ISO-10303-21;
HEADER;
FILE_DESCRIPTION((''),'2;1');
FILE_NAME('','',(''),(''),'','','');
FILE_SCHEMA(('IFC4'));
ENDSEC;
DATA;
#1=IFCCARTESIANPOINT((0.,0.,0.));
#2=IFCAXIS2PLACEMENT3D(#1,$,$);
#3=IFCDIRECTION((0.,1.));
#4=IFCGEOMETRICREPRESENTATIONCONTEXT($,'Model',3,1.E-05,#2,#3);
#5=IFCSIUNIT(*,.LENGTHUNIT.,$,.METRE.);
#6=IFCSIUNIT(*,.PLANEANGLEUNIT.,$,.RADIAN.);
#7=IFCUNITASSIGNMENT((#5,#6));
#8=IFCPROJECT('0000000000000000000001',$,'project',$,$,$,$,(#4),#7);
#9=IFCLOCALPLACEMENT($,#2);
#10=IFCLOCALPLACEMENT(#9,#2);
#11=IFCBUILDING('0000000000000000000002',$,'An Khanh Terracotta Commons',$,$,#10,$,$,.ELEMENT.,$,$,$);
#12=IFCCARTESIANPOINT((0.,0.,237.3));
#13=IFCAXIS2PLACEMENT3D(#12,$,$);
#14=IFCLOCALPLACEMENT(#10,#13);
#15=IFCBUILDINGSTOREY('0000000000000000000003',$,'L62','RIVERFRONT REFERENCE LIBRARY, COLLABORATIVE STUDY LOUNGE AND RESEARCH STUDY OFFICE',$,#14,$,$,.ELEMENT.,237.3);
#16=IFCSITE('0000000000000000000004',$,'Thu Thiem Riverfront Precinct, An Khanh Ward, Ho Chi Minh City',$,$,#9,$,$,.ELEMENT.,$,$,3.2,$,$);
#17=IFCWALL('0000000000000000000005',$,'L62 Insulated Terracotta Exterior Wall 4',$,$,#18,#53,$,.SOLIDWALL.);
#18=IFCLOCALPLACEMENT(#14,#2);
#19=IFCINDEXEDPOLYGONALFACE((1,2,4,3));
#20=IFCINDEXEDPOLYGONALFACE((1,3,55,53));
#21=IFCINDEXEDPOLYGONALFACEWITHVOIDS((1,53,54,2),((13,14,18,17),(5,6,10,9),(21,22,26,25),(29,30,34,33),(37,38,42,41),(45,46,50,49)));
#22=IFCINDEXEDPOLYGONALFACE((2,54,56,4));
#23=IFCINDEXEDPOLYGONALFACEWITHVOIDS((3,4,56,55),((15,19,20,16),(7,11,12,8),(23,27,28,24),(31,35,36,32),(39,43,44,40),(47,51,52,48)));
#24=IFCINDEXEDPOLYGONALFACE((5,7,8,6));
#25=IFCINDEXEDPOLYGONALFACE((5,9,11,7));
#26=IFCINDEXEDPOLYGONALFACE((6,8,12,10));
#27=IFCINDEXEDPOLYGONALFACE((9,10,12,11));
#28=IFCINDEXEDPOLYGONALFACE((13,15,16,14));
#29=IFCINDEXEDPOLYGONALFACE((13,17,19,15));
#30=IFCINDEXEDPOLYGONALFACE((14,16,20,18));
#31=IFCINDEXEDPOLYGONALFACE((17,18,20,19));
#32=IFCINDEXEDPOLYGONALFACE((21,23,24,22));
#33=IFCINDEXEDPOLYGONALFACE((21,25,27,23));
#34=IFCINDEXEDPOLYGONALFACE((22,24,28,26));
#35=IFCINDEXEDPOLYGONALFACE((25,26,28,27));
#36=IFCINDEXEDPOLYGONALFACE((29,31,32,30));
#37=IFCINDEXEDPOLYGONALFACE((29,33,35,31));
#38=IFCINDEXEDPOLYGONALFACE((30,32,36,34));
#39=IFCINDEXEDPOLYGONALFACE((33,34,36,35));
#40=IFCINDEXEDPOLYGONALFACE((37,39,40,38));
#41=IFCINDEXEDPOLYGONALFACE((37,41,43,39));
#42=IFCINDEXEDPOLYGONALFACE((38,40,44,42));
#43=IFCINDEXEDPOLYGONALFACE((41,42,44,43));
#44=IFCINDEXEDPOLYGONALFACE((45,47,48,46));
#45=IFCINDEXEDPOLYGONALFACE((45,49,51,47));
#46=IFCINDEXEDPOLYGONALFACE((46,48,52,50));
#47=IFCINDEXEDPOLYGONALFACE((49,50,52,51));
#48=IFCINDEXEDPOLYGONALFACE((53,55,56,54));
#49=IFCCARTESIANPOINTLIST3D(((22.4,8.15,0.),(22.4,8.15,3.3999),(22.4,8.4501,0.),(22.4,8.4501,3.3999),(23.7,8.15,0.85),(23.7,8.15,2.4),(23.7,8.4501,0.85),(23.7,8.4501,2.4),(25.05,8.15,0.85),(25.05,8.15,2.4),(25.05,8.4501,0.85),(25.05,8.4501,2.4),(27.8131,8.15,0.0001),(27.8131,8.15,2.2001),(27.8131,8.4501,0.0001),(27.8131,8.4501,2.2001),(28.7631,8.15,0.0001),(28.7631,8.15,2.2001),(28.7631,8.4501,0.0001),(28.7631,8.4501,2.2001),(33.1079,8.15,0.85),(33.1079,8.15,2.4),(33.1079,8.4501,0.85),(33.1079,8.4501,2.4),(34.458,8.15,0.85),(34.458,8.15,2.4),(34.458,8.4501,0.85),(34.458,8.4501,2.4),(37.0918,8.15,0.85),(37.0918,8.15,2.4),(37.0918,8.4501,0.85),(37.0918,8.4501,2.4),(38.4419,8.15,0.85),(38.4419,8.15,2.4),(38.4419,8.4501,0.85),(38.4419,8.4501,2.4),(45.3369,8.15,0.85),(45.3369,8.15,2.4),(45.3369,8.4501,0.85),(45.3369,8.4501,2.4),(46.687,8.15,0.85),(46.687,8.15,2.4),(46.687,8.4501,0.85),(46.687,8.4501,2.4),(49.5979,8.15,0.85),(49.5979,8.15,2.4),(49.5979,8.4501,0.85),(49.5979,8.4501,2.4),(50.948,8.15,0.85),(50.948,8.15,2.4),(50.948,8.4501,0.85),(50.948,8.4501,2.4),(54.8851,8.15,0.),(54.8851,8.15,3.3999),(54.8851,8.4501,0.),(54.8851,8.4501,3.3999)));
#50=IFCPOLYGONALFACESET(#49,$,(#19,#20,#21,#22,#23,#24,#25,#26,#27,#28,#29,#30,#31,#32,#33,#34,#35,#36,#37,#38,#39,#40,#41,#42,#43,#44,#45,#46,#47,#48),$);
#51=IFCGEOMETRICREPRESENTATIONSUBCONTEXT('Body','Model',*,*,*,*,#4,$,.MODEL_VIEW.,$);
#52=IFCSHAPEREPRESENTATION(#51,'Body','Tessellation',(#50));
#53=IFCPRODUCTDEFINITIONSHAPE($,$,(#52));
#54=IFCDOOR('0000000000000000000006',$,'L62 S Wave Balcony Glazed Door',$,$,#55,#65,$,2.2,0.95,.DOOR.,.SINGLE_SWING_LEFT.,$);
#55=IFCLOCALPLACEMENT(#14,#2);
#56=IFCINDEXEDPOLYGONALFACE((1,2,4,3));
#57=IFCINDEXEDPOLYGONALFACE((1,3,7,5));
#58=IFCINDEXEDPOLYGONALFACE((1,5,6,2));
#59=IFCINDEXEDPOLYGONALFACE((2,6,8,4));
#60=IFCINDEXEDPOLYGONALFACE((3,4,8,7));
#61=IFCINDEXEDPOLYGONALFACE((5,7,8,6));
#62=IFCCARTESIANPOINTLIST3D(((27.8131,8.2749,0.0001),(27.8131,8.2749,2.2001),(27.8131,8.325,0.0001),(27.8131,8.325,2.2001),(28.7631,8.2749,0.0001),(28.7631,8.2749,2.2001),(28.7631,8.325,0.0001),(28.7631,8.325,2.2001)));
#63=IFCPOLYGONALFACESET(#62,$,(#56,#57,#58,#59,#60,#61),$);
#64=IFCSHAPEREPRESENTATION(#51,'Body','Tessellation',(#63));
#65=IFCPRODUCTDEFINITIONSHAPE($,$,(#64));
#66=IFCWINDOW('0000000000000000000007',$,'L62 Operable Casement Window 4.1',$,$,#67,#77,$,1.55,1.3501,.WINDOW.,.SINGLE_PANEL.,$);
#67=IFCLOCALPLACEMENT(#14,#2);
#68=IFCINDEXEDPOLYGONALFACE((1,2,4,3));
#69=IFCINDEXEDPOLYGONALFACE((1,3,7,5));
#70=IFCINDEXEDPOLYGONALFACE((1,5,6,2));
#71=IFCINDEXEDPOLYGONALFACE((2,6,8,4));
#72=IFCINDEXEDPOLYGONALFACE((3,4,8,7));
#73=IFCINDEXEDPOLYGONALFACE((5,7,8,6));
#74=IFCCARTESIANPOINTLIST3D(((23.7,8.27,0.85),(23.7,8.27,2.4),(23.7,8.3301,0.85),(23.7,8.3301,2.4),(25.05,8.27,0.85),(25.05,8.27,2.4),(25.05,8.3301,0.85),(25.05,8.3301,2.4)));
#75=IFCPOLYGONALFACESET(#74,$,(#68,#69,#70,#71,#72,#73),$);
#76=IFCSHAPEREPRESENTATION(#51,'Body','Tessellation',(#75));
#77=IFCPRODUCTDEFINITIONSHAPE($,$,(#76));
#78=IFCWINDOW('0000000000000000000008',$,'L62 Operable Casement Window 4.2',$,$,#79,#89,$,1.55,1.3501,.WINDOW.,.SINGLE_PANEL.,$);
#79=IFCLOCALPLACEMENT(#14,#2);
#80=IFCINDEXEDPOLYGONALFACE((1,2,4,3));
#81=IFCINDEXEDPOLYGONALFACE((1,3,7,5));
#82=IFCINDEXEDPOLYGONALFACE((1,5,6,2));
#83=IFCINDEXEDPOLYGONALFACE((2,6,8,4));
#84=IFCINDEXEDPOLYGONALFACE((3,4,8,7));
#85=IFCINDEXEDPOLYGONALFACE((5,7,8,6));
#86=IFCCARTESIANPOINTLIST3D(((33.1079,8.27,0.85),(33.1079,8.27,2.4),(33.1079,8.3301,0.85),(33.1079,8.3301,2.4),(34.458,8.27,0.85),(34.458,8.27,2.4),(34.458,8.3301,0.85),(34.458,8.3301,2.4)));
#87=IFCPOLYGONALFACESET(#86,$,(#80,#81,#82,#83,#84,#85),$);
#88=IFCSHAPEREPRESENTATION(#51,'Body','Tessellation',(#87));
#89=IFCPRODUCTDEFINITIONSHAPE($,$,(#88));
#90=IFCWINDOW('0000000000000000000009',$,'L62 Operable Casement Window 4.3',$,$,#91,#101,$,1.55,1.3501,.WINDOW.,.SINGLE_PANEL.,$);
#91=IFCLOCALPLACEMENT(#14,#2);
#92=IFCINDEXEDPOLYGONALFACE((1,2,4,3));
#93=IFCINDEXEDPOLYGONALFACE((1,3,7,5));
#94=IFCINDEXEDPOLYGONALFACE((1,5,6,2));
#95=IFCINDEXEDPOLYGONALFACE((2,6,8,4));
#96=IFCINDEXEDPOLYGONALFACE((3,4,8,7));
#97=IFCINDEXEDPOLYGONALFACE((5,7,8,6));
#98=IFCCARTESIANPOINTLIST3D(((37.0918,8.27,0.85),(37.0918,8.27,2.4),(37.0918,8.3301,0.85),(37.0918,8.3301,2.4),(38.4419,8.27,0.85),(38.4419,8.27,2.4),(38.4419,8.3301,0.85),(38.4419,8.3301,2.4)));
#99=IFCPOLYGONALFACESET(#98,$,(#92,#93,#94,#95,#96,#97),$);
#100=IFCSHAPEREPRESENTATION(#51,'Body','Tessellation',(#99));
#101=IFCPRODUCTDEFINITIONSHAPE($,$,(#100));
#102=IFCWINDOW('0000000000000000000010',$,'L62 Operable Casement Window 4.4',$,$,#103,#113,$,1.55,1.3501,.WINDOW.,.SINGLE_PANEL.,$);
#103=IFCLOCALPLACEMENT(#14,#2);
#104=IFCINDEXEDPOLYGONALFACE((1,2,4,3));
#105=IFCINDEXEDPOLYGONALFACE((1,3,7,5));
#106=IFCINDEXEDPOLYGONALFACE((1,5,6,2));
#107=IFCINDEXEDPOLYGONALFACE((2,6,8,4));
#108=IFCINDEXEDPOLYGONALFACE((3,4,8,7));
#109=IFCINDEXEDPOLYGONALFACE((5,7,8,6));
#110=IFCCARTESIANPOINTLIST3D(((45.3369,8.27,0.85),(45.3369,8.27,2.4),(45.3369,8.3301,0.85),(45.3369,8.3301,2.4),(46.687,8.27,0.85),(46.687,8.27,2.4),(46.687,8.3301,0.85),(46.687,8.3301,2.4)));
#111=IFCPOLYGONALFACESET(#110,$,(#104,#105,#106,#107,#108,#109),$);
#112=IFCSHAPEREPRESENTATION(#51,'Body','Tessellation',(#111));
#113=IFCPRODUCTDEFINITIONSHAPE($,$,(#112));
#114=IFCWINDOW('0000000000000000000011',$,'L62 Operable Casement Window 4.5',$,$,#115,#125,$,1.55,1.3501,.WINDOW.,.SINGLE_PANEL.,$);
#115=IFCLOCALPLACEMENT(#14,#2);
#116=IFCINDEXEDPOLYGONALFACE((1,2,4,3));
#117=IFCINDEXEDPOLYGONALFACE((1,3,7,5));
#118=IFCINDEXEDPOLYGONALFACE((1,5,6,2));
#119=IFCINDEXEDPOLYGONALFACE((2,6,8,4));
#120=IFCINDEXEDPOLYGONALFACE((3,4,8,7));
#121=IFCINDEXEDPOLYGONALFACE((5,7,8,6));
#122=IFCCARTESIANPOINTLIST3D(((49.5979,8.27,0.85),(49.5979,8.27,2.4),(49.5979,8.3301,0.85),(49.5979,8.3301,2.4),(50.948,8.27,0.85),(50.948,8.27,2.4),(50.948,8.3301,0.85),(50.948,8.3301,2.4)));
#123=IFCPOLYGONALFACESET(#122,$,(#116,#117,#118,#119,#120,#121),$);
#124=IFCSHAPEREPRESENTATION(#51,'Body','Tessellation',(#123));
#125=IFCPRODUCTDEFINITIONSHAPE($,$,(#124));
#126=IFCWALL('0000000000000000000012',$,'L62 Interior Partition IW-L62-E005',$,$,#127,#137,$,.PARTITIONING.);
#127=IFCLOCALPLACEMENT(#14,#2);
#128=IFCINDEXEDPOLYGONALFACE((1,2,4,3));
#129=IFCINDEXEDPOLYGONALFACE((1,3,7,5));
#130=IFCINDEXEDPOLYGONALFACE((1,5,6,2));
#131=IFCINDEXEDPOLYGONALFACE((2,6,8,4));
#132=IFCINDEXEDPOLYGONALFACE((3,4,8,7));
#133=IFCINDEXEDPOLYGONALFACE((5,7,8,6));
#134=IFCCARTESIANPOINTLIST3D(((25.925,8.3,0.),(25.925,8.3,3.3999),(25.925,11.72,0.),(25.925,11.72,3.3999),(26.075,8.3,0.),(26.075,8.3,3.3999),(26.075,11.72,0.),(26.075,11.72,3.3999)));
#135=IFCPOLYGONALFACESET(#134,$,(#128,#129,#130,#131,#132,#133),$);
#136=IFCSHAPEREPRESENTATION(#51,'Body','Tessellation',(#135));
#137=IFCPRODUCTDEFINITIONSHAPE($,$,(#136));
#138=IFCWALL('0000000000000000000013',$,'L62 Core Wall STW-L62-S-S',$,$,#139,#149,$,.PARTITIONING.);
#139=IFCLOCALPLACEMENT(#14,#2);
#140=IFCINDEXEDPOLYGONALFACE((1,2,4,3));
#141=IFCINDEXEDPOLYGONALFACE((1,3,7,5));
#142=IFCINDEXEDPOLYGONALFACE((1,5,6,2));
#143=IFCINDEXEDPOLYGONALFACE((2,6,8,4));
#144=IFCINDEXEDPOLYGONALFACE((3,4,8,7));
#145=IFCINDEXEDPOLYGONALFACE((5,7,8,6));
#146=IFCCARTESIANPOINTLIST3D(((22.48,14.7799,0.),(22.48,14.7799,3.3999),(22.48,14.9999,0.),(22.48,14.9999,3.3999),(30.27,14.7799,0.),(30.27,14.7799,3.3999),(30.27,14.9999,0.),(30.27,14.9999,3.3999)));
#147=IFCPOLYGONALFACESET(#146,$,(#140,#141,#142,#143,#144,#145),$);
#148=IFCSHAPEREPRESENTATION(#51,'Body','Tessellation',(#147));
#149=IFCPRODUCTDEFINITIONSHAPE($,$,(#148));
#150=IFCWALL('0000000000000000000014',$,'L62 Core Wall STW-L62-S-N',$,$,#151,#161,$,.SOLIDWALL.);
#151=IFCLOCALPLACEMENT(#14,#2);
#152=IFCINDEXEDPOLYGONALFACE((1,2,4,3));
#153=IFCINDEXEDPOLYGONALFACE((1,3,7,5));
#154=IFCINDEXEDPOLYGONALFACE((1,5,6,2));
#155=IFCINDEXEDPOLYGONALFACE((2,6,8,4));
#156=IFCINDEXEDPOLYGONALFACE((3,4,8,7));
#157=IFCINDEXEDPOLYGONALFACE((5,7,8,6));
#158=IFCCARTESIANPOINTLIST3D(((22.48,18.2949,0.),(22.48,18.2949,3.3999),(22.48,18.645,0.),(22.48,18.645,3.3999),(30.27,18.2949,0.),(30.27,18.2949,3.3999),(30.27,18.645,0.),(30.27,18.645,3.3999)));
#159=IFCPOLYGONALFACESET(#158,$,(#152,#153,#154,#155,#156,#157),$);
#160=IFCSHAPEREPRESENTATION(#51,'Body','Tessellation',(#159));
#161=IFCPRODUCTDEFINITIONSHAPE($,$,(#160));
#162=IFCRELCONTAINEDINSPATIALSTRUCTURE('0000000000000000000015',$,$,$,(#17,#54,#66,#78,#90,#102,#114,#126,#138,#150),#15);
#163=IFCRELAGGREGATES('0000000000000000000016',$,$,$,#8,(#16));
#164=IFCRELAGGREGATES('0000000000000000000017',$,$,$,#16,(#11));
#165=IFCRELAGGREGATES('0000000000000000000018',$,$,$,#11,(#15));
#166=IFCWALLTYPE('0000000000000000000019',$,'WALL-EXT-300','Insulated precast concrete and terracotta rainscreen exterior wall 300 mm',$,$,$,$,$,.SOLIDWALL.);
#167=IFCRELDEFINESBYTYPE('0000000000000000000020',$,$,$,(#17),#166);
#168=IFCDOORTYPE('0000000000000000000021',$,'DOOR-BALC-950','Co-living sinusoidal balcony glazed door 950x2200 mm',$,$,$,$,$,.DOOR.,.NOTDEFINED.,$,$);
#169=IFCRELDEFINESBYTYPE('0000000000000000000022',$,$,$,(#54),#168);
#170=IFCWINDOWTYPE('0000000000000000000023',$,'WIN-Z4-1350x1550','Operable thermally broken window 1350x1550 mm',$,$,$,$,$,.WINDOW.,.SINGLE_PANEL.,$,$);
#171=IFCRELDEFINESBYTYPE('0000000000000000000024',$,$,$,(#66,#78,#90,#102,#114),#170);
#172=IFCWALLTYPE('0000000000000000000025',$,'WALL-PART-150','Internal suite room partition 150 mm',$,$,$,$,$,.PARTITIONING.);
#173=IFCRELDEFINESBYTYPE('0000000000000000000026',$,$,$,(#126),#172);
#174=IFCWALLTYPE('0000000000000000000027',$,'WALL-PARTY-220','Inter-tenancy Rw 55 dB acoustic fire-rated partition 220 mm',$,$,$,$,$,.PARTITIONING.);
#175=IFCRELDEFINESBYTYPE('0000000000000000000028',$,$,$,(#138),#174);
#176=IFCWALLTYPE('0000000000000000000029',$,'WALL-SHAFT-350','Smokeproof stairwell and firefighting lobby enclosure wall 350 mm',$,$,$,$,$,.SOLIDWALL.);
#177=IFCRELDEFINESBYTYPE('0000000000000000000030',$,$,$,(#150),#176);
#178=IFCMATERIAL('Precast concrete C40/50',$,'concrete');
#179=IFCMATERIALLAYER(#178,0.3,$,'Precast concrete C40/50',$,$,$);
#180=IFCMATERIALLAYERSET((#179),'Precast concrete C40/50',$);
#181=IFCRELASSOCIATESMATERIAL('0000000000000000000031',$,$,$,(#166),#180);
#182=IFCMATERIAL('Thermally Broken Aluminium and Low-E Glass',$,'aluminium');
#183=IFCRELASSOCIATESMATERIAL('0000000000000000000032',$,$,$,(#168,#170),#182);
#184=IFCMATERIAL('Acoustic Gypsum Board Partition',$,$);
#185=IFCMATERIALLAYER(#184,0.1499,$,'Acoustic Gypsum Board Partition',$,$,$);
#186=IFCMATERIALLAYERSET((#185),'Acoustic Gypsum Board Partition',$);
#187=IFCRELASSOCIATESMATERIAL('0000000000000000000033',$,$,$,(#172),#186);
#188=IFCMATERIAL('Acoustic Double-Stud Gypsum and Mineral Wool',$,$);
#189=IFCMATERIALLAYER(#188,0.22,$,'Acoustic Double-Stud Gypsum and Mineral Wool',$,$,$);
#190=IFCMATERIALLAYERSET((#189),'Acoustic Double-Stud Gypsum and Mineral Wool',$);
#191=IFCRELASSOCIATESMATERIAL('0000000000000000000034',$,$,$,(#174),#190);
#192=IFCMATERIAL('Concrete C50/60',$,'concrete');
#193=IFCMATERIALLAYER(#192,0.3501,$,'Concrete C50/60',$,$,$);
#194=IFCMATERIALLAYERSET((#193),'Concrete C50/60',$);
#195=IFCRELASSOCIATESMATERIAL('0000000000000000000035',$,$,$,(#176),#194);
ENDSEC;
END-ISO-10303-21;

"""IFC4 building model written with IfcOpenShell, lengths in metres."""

from ifc_helpers import new_model, si_unit, direction, frame, frame_2d, origin, place, context, subcontext, project, spatial, rectangle, extrude, material, layer, layer_set, type_object, element, fill, save


model = new_model("IFC4")

# Units and contexts
model_context = context("Model", 3, precision=1e-05, world=origin(), true_north=direction((0.0, 1.0)))
body_context = subcontext(model_context, "Body", "Model", "MODEL_VIEW")
ifc_project = project(units=[si_unit("LENGTHUNIT", "METRE"), si_unit("PLANEANGLEUNIT", "RADIAN")], contexts=[model_context])

# Site, building, storey
site_placement = place(None, origin())
site = spatial("IfcSite", under=ifc_project, at=site_placement, Name="Thu Thiem Riverfront Precinct, An Khanh Ward, Ho Chi Minh City", CompositionType="ELEMENT", RefElevation=3.2)
building_placement = place(site_placement, origin())
building = spatial("IfcBuilding", under=site, at=building_placement, Name="An Khanh Terracotta Commons", CompositionType="ELEMENT")
storey_placement = place(building_placement, frame((0.0, 0.0, 237.3)))
storey = spatial("IfcBuildingStorey", under=building, at=storey_placement, Name="L62", Description="RIVERFRONT REFERENCE LIBRARY, COLLABORATIVE STUDY LOUNGE AND RESEARCH STUDY OFFICE", CompositionType="ELEMENT", Elevation=237.3)

# Shared definitions
ifc_material_1 = material(Name="Concrete C50/60", Category="concrete")
ifc_material_2 = material(Name="Precast concrete C40/50", Category="concrete")
ifc_layer_1 = layer(ifc_material_2, 0.3, Name="Precast concrete C40/50")
ifc_layer_set_1 = layer_set([ifc_layer_1], Name="Precast concrete C40/50")
wall_type_1 = type_object("IfcWallType", Name="WALL-EXT-300", Description="Insulated precast concrete and terracotta rainscreen exterior wall 300 mm", PredefinedType="SOLIDWALL", material=ifc_layer_set_1)

# Wall, openings, door, windows
wall_1_placement = place(storey_placement, frame((22.3999, 8.3, 0.0), z_axis=(0.0, 0.0, 1.0), x_axis=(1.0, 0.0, 0.0)))
wall_1 = element("IfcWall", 1, at=wall_1_placement, inside=storey, type_object=wall_type_1, Name="L62 Insulated Terracotta Exterior Wall 4", PredefinedType="SOLIDWALL", context=body_context, shape_type="SweptSolid", body=[
    extrude(rectangle(XDim=32.4851, YDim=0.3, at=frame_2d((16.2427, 0.0))), origin(), (0.0, 0.0, 1.0), 3.3999),
])
opening_1_placement = place(wall_1_placement, frame((5.4131, 0.0, 0.0)))
opening_1 = element("IfcOpeningElement", 2, at=opening_1_placement, cuts=wall_1, PredefinedType="OPENING", context=body_context, shape_type="SweptSolid", body=[
    extrude(rectangle(XDim=0.95, YDim=2.2, at=frame_2d((0.4751, 1.1001))), frame((0.0, 0.1599, 0.0), z_axis=(0.0, -1.0, 0.0), x_axis=(1.0, 0.0, 0.0)), (0.0, 0.0, 1.0), 0.3201),
])
opening_2_placement = place(wall_1_placement, frame((1.3, 0.0, 0.8501)))
opening_2 = element("IfcOpeningElement", 3, at=opening_2_placement, cuts=wall_1, PredefinedType="OPENING", context=body_context, shape_type="SweptSolid", body=[
    extrude(rectangle(XDim=1.3501, YDim=1.55, at=frame_2d((0.675, 0.7749))), frame((0.0, 0.1599, 0.0), z_axis=(0.0, -1.0, 0.0), x_axis=(1.0, 0.0, 0.0)), (0.0, 0.0, 1.0), 0.3201),
])
opening_3_placement = place(wall_1_placement, frame((10.708, 0.0, 0.8501)))
opening_3 = element("IfcOpeningElement", 4, at=opening_3_placement, cuts=wall_1, PredefinedType="OPENING", context=body_context, shape_type="SweptSolid", body=[
    extrude(rectangle(XDim=1.3501, YDim=1.55, at=frame_2d((0.675, 0.7749))), frame((0.0, 0.1599, 0.0), z_axis=(0.0, -1.0, 0.0), x_axis=(1.0, 0.0, 0.0)), (0.0, 0.0, 1.0), 0.3201),
])
opening_4_placement = place(wall_1_placement, frame((14.6919, 0.0, 0.8501)))
opening_4 = element("IfcOpeningElement", 5, at=opening_4_placement, cuts=wall_1, PredefinedType="OPENING", context=body_context, shape_type="SweptSolid", body=[
    extrude(rectangle(XDim=1.3501, YDim=1.55, at=frame_2d((0.675, 0.7749))), frame((0.0, 0.1599, 0.0), z_axis=(0.0, -1.0, 0.0), x_axis=(1.0, 0.0, 0.0)), (0.0, 0.0, 1.0), 0.3201),
])
opening_5_placement = place(wall_1_placement, frame((22.937, 0.0, 0.8501)))
opening_5 = element("IfcOpeningElement", 6, at=opening_5_placement, cuts=wall_1, PredefinedType="OPENING", context=body_context, shape_type="SweptSolid", body=[
    extrude(rectangle(XDim=1.3501, YDim=1.55, at=frame_2d((0.675, 0.7749))), frame((0.0, 0.1599, 0.0), z_axis=(0.0, -1.0, 0.0), x_axis=(1.0, 0.0, 0.0)), (0.0, 0.0, 1.0), 0.3201),
])
opening_6_placement = place(wall_1_placement, frame((27.198, 0.0, 0.8501)))
opening_6 = element("IfcOpeningElement", 7, at=opening_6_placement, cuts=wall_1, PredefinedType="OPENING", context=body_context, shape_type="SweptSolid", body=[
    extrude(rectangle(XDim=1.3501, YDim=1.55, at=frame_2d((0.675, 0.7749))), frame((0.0, 0.1599, 0.0), z_axis=(0.0, -1.0, 0.0), x_axis=(1.0, 0.0, 0.0)), (0.0, 0.0, 1.0), 0.3201),
])
ifc_material_3 = material(Name="Thermally Broken Aluminium and Low-E Glass", Category="aluminium")
door_type = type_object("IfcDoorType", Name="DOOR-BALC-950", Description="Co-living sinusoidal balcony glazed door 950x2200 mm", OperationType="NOTDEFINED", PredefinedType="DOOR", material=ifc_material_3)
door_placement = place(opening_1_placement, origin())
door = element("IfcDoor", 8, at=door_placement, inside=storey, type_object=door_type, Name="L62 S Wave Balcony Glazed Door", OperationType="SINGLE_SWING_LEFT", OverallHeight=2.2, OverallWidth=0.95, PredefinedType="DOOR", context=body_context, shape_type="SweptSolid", body=[
    extrude(rectangle(XDim=0.95, YDim=2.2, at=frame_2d((0.4751, 1.1001))), frame((0.0, 0.0249, 0.0), z_axis=(0.0, -1.0, 0.0), x_axis=(1.0, 0.0, 0.0)), (0.0, 0.0, 1.0), 0.05),
])
fill(opening_1, door)
window_type = type_object("IfcWindowType", Name="WIN-Z4-1350x1550", Description="Operable thermally broken window 1350x1550 mm", PartitioningType="SINGLE_PANEL", PredefinedType="WINDOW", material=ifc_material_3)
window_1_placement = place(opening_2_placement, origin())
window_1 = element("IfcWindow", 9, at=window_1_placement, inside=storey, type_object=window_type, Name="L62 Operable Casement Window 4.1", OverallHeight=1.55, OverallWidth=1.3501, PartitioningType="SINGLE_PANEL", PredefinedType="WINDOW", context=body_context, shape_type="SweptSolid", body=[
    extrude(rectangle(XDim=1.3501, YDim=1.55, at=frame_2d((0.675, 0.7749))), frame((0.0, 0.03, 0.0), z_axis=(0.0, -1.0, 0.0), x_axis=(1.0, 0.0, 0.0)), (0.0, 0.0, 1.0), 0.0601),
])
fill(opening_2, window_1)
window_2_placement = place(opening_3_placement, origin())
window_2 = element("IfcWindow", 10, at=window_2_placement, inside=storey, type_object=window_type, Name="L62 Operable Casement Window 4.2", OverallHeight=1.55, OverallWidth=1.3501, PartitioningType="SINGLE_PANEL", PredefinedType="WINDOW", context=body_context, shape_type="SweptSolid", body=[
    extrude(rectangle(XDim=1.3501, YDim=1.55, at=frame_2d((0.675, 0.7749))), frame((0.0, 0.03, 0.0), z_axis=(0.0, -1.0, 0.0), x_axis=(1.0, 0.0, 0.0)), (0.0, 0.0, 1.0), 0.0601),
])
fill(opening_3, window_2)
window_3_placement = place(opening_4_placement, origin())
window_3 = element("IfcWindow", 11, at=window_3_placement, inside=storey, type_object=window_type, Name="L62 Operable Casement Window 4.3", OverallHeight=1.55, OverallWidth=1.3501, PartitioningType="SINGLE_PANEL", PredefinedType="WINDOW", context=body_context, shape_type="SweptSolid", body=[
    extrude(rectangle(XDim=1.3501, YDim=1.55, at=frame_2d((0.675, 0.7749))), frame((0.0, 0.03, 0.0), z_axis=(0.0, -1.0, 0.0), x_axis=(1.0, 0.0, 0.0)), (0.0, 0.0, 1.0), 0.0601),
])
fill(opening_4, window_3)
window_4_placement = place(opening_5_placement, origin())
window_4 = element("IfcWindow", 12, at=window_4_placement, inside=storey, type_object=window_type, Name="L62 Operable Casement Window 4.4", OverallHeight=1.55, OverallWidth=1.3501, PartitioningType="SINGLE_PANEL", PredefinedType="WINDOW", context=body_context, shape_type="SweptSolid", body=[
    extrude(rectangle(XDim=1.3501, YDim=1.55, at=frame_2d((0.675, 0.7749))), frame((0.0, 0.03, 0.0), z_axis=(0.0, -1.0, 0.0), x_axis=(1.0, 0.0, 0.0)), (0.0, 0.0, 1.0), 0.0601),
])
fill(opening_5, window_4)
window_5_placement = place(opening_6_placement, origin())
window_5 = element("IfcWindow", 13, at=window_5_placement, inside=storey, type_object=window_type, Name="L62 Operable Casement Window 4.5", OverallHeight=1.55, OverallWidth=1.3501, PartitioningType="SINGLE_PANEL", PredefinedType="WINDOW", context=body_context, shape_type="SweptSolid", body=[
    extrude(rectangle(XDim=1.3501, YDim=1.55, at=frame_2d((0.675, 0.7749))), frame((0.0, 0.03, 0.0), z_axis=(0.0, -1.0, 0.0), x_axis=(1.0, 0.0, 0.0)), (0.0, 0.0, 1.0), 0.0601),
])
fill(opening_6, window_5)

# Walls
ifc_material_4 = material(Name="Acoustic Gypsum Board Partition")
ifc_layer_2 = layer(ifc_material_4, 0.1499, Name="Acoustic Gypsum Board Partition")
ifc_layer_set_2 = layer_set([ifc_layer_2], Name="Acoustic Gypsum Board Partition")
wall_type_2 = type_object("IfcWallType", Name="WALL-PART-150", Description="Internal suite room partition 150 mm", PredefinedType="PARTITIONING", material=ifc_layer_set_2)
wall_2_placement = place(storey_placement, frame((26.0, 8.3, 0.0), z_axis=(0.0, 0.0, 1.0), x_axis=(0.0, 1.0, 0.0)))
element("IfcWall", 14, at=wall_2_placement, inside=storey, type_object=wall_type_2, Name="L62 Interior Partition IW-L62-E005", PredefinedType="PARTITIONING", context=body_context, shape_type="SweptSolid", body=[
    extrude(rectangle(XDim=3.4199, YDim=0.1499, at=frame_2d((1.71, 0.0))), origin(), (0.0, 0.0, 1.0), 3.3999),
])
ifc_material_5 = material(Name="Acoustic Double-Stud Gypsum and Mineral Wool")
ifc_layer_3 = layer(ifc_material_5, 0.22, Name="Acoustic Double-Stud Gypsum and Mineral Wool")
ifc_layer_set_3 = layer_set([ifc_layer_3], Name="Acoustic Double-Stud Gypsum and Mineral Wool")
wall_type_3 = type_object("IfcWallType", Name="WALL-PARTY-220", Description="Inter-tenancy Rw 55 dB acoustic fire-rated partition 220 mm", PredefinedType="PARTITIONING", material=ifc_layer_set_3)
wall_3_placement = place(storey_placement, frame((22.48, 14.8899, 0.0), z_axis=(0.0, 0.0, 1.0), x_axis=(1.0, 0.0, 0.0)))
element("IfcWall", 15, at=wall_3_placement, inside=storey, type_object=wall_type_3, Name="L62 Core Wall STW-L62-S-S", PredefinedType="PARTITIONING", context=body_context, shape_type="SweptSolid", body=[
    extrude(rectangle(XDim=7.79, YDim=0.22, at=frame_2d((3.895, 0.0))), origin(), (0.0, 0.0, 1.0), 3.3999),
])
ifc_layer_4 = layer(ifc_material_1, 0.3501, Name="Concrete C50/60")
ifc_layer_set_4 = layer_set([ifc_layer_4], Name="Concrete C50/60")
wall_type_4 = type_object("IfcWallType", Name="WALL-SHAFT-350", Description="Smokeproof stairwell and firefighting lobby enclosure wall 350 mm", PredefinedType="SOLIDWALL", material=ifc_layer_set_4)
wall_4_placement = place(storey_placement, frame((22.48, 18.47, 0.0), z_axis=(0.0, 0.0, 1.0), x_axis=(1.0, 0.0, 0.0)))
element("IfcWall", 16, at=wall_4_placement, inside=storey, type_object=wall_type_4, Name="L62 Core Wall STW-L62-S-N", PredefinedType="SOLIDWALL", context=body_context, shape_type="SweptSolid", body=[
    extrude(rectangle(XDim=7.79, YDim=0.3501, at=frame_2d((3.895, 0.0))), origin(), (0.0, 0.0, 1.0), 3.3999),
])

save(model, "model.ifc")
